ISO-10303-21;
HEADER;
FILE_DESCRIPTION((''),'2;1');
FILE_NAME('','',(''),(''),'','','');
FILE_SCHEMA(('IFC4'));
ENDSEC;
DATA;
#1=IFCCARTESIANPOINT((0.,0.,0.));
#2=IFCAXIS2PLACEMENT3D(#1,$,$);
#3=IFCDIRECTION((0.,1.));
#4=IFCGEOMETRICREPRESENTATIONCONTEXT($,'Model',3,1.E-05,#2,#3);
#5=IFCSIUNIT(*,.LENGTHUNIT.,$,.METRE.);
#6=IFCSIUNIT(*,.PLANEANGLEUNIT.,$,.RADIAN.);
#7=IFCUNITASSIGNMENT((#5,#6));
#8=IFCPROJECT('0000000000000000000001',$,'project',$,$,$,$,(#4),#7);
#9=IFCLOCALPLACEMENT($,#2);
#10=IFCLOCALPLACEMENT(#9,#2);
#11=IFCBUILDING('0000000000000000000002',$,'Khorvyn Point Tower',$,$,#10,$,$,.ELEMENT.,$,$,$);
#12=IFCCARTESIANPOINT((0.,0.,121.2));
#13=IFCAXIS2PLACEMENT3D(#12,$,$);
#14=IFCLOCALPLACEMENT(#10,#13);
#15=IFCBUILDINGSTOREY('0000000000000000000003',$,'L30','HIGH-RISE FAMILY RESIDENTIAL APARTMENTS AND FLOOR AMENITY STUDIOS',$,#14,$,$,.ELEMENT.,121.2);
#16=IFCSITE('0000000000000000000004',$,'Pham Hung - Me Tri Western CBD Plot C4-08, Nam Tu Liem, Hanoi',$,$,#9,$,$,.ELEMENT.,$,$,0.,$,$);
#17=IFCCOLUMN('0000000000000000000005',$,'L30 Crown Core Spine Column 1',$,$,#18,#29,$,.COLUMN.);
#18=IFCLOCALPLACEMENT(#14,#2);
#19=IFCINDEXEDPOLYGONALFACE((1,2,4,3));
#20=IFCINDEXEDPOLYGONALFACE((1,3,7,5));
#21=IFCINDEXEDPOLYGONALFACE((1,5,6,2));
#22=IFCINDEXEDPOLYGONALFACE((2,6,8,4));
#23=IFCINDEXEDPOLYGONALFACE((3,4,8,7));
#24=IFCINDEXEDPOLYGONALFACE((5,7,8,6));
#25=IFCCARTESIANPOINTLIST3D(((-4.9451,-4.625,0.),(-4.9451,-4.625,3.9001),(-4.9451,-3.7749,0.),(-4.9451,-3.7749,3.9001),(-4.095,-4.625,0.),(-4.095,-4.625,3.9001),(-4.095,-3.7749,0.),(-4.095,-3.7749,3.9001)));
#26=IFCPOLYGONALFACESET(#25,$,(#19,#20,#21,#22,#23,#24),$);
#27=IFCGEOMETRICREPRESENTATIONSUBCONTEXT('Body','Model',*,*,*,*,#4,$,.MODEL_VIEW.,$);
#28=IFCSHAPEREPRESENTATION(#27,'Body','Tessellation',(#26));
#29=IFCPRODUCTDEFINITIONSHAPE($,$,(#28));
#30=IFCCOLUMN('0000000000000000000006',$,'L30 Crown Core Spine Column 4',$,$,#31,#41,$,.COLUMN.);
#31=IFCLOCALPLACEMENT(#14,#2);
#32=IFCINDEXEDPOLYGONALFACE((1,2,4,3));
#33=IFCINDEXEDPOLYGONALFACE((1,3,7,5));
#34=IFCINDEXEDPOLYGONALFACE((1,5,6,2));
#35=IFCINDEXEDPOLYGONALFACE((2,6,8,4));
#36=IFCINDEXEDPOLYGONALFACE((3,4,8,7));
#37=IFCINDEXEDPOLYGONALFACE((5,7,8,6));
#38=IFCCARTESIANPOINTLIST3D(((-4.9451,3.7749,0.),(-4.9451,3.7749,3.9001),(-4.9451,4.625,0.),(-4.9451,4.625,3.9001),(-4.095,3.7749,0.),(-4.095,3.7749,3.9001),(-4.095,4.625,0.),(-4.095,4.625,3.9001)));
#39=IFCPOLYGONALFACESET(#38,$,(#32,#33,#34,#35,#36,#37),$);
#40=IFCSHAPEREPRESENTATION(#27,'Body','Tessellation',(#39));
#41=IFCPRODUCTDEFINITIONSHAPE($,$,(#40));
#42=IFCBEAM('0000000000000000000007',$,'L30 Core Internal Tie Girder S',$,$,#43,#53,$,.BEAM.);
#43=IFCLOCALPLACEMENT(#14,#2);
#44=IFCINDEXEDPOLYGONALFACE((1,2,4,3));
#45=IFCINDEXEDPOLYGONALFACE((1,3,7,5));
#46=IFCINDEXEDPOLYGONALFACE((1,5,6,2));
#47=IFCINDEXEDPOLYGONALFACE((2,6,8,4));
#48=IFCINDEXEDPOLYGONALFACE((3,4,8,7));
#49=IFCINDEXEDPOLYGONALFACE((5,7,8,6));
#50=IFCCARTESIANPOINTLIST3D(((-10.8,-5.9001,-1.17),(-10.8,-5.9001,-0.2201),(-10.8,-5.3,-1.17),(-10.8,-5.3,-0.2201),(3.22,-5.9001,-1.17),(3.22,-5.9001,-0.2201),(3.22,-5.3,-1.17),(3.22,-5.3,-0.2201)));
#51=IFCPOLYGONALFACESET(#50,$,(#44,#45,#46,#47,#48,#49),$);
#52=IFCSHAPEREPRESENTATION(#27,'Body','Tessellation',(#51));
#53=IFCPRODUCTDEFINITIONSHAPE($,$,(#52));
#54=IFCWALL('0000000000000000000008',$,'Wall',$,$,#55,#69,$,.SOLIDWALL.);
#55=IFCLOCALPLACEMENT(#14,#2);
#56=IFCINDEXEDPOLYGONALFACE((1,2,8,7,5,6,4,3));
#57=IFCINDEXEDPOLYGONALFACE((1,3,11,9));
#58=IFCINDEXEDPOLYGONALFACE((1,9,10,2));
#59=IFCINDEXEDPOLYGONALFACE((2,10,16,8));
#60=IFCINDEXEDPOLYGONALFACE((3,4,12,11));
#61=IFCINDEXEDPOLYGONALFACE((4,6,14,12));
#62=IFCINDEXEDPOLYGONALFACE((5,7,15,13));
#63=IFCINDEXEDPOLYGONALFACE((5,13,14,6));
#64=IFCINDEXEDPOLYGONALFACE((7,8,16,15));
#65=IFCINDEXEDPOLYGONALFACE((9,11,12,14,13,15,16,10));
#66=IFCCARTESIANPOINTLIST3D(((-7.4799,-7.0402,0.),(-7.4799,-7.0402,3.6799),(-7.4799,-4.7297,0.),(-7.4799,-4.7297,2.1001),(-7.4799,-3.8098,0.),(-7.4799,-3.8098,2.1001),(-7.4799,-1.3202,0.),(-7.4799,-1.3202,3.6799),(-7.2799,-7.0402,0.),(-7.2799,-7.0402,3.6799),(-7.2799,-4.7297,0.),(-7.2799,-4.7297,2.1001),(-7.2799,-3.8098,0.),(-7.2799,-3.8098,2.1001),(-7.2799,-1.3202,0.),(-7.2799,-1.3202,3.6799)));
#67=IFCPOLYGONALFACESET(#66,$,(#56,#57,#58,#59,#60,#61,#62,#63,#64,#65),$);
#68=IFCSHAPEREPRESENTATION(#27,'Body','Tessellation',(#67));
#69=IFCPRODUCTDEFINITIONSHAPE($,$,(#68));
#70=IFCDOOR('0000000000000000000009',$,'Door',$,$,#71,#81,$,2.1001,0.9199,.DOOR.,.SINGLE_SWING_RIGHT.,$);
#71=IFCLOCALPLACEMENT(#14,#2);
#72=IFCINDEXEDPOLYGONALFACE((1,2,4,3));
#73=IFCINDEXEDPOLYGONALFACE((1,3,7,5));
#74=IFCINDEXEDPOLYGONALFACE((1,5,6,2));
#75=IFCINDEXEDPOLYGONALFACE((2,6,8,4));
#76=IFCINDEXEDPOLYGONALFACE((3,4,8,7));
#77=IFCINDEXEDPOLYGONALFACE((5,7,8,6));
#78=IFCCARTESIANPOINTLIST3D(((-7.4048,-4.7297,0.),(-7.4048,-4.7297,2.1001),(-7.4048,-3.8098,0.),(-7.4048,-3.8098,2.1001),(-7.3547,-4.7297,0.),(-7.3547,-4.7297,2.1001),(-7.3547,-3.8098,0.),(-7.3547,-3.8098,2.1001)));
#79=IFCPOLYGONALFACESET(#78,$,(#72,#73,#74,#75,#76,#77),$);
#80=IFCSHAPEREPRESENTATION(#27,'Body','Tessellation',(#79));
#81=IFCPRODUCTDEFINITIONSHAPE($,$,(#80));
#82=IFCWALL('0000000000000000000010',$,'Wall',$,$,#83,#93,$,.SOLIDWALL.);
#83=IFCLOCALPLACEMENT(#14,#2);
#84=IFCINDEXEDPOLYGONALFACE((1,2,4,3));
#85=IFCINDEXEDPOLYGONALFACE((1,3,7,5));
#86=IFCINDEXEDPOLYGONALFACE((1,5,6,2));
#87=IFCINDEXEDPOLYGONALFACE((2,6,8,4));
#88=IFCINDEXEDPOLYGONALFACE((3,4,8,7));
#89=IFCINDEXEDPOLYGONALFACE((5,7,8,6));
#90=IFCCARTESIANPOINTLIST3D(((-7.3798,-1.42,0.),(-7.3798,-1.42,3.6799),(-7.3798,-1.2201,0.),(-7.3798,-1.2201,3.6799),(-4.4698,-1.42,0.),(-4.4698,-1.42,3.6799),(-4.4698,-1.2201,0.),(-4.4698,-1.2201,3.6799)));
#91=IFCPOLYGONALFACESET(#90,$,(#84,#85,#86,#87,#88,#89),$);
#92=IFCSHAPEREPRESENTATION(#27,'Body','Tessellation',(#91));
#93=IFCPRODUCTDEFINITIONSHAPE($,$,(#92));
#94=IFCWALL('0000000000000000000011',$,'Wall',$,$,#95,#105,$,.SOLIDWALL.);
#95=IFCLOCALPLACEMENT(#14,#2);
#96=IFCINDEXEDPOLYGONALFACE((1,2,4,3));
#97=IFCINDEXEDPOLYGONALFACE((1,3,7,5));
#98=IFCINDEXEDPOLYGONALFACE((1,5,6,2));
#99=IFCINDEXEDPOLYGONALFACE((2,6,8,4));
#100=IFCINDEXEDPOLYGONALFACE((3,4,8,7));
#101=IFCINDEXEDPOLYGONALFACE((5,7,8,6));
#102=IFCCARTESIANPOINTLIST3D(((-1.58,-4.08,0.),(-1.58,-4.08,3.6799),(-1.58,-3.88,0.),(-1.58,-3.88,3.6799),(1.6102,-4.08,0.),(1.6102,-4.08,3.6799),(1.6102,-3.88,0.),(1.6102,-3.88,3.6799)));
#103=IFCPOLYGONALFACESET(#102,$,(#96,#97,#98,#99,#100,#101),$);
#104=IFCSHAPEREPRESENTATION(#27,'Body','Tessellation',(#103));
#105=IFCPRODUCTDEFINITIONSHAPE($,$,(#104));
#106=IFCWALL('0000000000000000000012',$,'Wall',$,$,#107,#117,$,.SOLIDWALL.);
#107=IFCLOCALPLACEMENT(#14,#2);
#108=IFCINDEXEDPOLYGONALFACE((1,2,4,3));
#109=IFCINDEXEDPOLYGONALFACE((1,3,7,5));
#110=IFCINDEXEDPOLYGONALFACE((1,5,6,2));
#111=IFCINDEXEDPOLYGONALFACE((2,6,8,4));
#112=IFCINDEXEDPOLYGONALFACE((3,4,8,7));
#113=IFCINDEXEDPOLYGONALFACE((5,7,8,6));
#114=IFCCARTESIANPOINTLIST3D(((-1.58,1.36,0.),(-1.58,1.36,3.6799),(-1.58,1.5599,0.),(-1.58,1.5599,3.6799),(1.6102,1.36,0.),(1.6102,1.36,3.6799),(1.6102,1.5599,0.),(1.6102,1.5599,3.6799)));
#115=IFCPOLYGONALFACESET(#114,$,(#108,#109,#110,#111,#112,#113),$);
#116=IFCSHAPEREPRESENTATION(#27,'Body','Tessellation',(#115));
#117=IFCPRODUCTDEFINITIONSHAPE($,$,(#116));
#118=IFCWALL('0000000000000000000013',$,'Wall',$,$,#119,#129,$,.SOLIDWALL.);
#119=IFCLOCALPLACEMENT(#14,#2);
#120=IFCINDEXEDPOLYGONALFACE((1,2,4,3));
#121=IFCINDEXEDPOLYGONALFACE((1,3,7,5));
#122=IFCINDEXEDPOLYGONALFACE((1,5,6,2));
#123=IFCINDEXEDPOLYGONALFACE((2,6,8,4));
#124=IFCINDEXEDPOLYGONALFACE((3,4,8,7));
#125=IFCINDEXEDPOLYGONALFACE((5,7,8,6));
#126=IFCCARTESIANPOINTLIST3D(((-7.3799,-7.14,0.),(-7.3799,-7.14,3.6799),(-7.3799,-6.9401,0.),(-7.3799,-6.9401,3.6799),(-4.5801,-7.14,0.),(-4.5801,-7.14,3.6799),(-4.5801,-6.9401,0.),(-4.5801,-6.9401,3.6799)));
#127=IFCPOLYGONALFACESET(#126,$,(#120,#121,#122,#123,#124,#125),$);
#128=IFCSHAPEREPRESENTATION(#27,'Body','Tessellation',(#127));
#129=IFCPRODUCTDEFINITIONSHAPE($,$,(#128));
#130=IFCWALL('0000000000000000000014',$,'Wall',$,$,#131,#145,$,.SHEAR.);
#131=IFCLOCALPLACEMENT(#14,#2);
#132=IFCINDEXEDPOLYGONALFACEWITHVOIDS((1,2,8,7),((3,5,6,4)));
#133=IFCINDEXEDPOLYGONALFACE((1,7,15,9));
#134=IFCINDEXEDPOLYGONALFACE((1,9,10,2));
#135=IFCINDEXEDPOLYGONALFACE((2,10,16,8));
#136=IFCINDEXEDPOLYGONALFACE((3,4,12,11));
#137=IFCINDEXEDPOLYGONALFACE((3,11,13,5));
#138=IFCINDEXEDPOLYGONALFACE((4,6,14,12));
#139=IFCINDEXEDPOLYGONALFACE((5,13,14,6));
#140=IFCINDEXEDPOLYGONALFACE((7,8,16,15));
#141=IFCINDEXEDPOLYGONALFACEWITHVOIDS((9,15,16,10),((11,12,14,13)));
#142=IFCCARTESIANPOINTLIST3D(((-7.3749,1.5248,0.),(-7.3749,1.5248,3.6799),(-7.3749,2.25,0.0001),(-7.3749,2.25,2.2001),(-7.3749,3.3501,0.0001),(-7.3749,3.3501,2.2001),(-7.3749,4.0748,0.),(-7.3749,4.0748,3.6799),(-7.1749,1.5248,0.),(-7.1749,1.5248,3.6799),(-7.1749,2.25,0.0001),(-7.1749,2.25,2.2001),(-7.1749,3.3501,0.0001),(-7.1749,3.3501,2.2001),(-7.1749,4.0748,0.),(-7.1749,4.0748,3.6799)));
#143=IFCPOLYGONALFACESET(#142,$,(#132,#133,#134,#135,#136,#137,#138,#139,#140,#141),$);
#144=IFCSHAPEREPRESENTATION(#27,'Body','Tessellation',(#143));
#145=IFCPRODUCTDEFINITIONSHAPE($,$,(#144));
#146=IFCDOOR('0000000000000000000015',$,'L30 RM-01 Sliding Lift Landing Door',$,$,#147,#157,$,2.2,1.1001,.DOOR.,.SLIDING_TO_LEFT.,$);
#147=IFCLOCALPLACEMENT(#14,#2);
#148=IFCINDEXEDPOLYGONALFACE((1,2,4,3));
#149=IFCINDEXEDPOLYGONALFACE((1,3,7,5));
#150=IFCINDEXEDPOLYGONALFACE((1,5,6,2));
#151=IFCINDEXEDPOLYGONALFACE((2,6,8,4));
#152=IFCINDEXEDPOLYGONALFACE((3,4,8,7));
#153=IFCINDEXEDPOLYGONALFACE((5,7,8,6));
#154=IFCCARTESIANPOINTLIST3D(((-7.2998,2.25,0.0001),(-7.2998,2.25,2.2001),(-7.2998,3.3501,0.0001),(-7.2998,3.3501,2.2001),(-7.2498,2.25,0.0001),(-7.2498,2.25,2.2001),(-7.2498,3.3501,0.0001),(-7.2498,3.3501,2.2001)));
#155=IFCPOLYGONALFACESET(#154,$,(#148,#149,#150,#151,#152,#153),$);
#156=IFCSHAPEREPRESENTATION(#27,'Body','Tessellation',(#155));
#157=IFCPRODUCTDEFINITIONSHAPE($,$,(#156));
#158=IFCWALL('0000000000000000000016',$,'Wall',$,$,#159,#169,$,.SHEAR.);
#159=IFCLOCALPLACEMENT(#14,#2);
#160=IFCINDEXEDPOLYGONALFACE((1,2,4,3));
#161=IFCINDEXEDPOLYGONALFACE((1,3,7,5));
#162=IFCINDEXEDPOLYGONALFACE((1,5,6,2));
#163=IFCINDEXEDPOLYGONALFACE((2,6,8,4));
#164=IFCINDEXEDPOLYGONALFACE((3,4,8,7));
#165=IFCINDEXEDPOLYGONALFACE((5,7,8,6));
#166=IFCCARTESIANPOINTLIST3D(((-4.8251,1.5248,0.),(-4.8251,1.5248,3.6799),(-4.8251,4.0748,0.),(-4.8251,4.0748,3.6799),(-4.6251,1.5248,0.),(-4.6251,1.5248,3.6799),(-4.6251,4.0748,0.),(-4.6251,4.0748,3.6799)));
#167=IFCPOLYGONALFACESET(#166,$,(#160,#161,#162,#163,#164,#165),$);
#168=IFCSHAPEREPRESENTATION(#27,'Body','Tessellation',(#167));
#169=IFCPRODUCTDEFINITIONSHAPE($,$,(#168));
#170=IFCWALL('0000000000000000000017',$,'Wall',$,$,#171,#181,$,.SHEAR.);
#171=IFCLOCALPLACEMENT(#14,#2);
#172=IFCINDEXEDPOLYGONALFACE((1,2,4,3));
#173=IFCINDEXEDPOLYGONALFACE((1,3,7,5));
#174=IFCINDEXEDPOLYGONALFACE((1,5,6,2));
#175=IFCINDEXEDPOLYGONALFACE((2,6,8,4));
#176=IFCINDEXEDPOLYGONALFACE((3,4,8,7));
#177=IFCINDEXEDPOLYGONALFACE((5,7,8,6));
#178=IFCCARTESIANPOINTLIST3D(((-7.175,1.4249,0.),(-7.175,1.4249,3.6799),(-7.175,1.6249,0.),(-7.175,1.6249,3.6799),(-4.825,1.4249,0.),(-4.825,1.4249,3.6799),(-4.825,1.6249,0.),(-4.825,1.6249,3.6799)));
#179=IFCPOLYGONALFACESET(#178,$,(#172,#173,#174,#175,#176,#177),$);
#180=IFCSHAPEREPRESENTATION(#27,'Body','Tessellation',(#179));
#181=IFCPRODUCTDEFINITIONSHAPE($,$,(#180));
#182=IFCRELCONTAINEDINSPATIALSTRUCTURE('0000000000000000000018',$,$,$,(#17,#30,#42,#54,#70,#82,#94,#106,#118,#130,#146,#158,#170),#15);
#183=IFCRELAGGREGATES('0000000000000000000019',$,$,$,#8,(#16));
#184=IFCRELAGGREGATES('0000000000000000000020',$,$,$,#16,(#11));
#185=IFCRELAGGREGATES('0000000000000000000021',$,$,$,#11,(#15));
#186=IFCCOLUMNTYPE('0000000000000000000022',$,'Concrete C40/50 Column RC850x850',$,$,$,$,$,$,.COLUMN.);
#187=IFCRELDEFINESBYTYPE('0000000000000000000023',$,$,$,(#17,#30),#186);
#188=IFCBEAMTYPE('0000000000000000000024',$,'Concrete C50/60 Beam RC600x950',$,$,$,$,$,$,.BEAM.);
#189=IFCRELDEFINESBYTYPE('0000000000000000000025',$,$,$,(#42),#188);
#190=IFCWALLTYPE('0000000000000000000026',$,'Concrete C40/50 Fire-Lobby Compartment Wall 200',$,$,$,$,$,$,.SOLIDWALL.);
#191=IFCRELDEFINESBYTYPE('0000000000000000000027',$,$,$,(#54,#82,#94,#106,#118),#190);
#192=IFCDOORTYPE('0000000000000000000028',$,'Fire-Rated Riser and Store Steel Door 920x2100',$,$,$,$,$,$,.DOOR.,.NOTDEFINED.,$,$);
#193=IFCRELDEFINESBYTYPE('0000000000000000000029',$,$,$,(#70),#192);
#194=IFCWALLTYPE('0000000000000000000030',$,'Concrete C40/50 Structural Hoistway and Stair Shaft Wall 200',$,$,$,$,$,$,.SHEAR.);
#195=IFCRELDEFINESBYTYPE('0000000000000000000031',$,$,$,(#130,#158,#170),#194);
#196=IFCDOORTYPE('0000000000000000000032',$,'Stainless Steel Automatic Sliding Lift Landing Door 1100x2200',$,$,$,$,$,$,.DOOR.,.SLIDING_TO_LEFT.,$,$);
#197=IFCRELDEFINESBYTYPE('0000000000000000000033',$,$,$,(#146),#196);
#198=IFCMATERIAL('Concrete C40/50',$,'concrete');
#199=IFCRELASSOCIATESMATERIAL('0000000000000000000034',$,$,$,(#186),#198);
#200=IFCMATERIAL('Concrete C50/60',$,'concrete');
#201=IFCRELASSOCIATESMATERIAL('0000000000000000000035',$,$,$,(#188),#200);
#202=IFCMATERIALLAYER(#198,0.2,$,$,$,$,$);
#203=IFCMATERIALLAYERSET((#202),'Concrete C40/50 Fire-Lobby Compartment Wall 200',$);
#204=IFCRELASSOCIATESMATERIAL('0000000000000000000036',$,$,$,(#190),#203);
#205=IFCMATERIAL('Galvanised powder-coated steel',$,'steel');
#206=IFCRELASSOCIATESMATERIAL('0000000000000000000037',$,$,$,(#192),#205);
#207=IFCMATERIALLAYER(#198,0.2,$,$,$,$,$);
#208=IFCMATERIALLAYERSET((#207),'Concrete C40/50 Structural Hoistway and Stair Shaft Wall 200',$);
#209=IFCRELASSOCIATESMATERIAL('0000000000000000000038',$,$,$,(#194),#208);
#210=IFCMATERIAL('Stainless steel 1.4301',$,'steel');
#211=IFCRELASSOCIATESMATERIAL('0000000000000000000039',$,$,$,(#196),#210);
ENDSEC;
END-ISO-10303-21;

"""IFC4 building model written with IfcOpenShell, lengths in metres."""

from ifc_helpers import new_model, si_unit, direction, frame, frame_2d, origin, origin_2d, place, context, subcontext, project, spatial, rectangle, extrude, material, layer, layer_set, material_profile, profile_set, type_object, element, fill, save


model = new_model("IFC4")

# Units and contexts
model_context = context("Model", 3, precision=1e-05, world=origin(), true_north=direction((0.0, 1.0)))
body_context = subcontext(model_context, "Body", "Model", "MODEL_VIEW")
ifc_project = project(units=[si_unit("LENGTHUNIT", "METRE"), si_unit("PLANEANGLEUNIT", "RADIAN")], contexts=[model_context])

# Site, building, storey
site_placement = place(None, origin())
site = spatial("IfcSite", under=ifc_project, at=site_placement, Name="Pham Hung - Me Tri Western CBD Plot C4-08, Nam Tu Liem, Hanoi", CompositionType="ELEMENT", RefElevation=0.0)
building_placement = place(site_placement, origin())
building = spatial("IfcBuilding", under=site, at=building_placement, Name="Khorvyn Point Tower", CompositionType="ELEMENT")
storey_placement = place(building_placement, frame((0.0, 0.0, 121.2)))
storey = spatial("IfcBuildingStorey", under=building, at=storey_placement, Name="L30", Description="HIGH-RISE FAMILY RESIDENTIAL APARTMENTS AND FLOOR AMENITY STUDIOS", CompositionType="ELEMENT", Elevation=121.2)

# Columns
ifc_material_1 = material(Name="Concrete C40/50", Category="concrete")
ifc_material_profile_1 = material_profile(ifc_material_1, rectangle(XDim=0.8501, YDim=0.8501, at=origin_2d()))
ifc_profile_set_1 = profile_set([ifc_material_profile_1], Name="Concrete C40/50 RC850x850")
column_type = type_object("IfcColumnType", Name="Concrete C40/50 Column RC850x850", PredefinedType="COLUMN", material=ifc_profile_set_1)
for number, where, z_axis, x_axis, name in (
    (1, (-4.52, -4.2, 0.0), (0.0, 0.0, 1.0), (1.0, 0.0, 0.0), "L30 Crown Core Spine Column 1"),
    (2, (-4.52, 4.2, 0.0), (0.0, 0.0, 1.0), (1.0, 0.0, 0.0), "L30 Crown Core Spine Column 4"),
):
    element("IfcColumn", number, at=place(storey_placement, frame(where, z_axis=z_axis, x_axis=x_axis)), inside=storey, type_object=column_type, Name=name, PredefinedType="COLUMN", context=body_context, shape_type="SweptSolid", body=[
        extrude(rectangle(XDim=0.8501, YDim=0.8501, at=origin_2d()), origin(), (0.0, 0.0, 1.0), 3.9001),
    ])

# Beam
ifc_material_2 = material(Name="Concrete C50/60", Category="concrete")
ifc_material_profile_2 = material_profile(ifc_material_2, rectangle(XDim=0.6001, YDim=0.95, at=origin_2d()))
ifc_profile_set_2 = profile_set([ifc_material_profile_2], Name="Concrete C50/60 RC600x950")
beam_type = type_object("IfcBeamType", Name="Concrete C50/60 Beam RC600x950", PredefinedType="BEAM", material=ifc_profile_set_2)
beam_placement = place(storey_placement, frame((-10.8, -5.6001, -0.6951), z_axis=(1.0, 0.0, 0.0), x_axis=(0.0, 1.0, 0.0)))
element("IfcBeam", 3, at=beam_placement, inside=storey, type_object=beam_type, Name="L30 Core Internal Tie Girder S", PredefinedType="BEAM", context=body_context, shape_type="SweptSolid", body=[
    extrude(rectangle(XDim=0.6001, YDim=0.95, at=origin_2d()), origin(), (0.0, 0.0, 1.0), 14.02),
])

# Wall, opening, door
ifc_layer_1 = layer(ifc_material_1, 0.2)
ifc_layer_set_1 = layer_set([ifc_layer_1], Name="Concrete C40/50 Fire-Lobby Compartment Wall 200")
wall_type_1 = type_object("IfcWallType", Name="Concrete C40/50 Fire-Lobby Compartment Wall 200", PredefinedType="SOLIDWALL", material=ifc_layer_set_1)
wall_1_placement = place(storey_placement, frame((-7.3799, -7.04, 0.0), z_axis=(0.0, 0.0, 1.0), x_axis=(0.0, 1.0, 0.0)))
wall_1 = element("IfcWall", 4, at=wall_1_placement, inside=storey, type_object=wall_type_1, Name="Wall", PredefinedType="SOLIDWALL", context=body_context, shape_type="SweptSolid", body=[
    extrude(rectangle(XDim=5.72, YDim=0.2, at=frame_2d((2.8599, 0.0))), origin(), (0.0, 0.0, 1.0), 3.6799),
])
opening_1_placement = place(wall_1_placement, frame((2.3103, 0.0, 0.0)))
opening_1 = element("IfcOpeningElement", 5, at=opening_1_placement, cuts=wall_1, PredefinedType="OPENING", context=body_context, shape_type="SweptSolid", body=[
    extrude(rectangle(XDim=0.9199, YDim=2.1001, at=frame_2d((0.46, 1.05))), frame((0.0, 0.1099, 0.0), z_axis=(0.0, -1.0, 0.0), x_axis=(1.0, 0.0, 0.0)), (0.0, 0.0, 1.0), 0.22),
])
ifc_material_3 = material(Name="Galvanised powder-coated steel", Category="steel")
door_type_1 = type_object("IfcDoorType", Name="Fire-Rated Riser and Store Steel Door 920x2100", OperationType="NOTDEFINED", PredefinedType="DOOR", material=ifc_material_3)
door_1_placement = place(opening_1_placement, origin())
door_1 = element("IfcDoor", 6, at=door_1_placement, inside=storey, type_object=door_type_1, Name="Door", OperationType="SINGLE_SWING_RIGHT", OverallHeight=2.1001, OverallWidth=0.9199, PredefinedType="DOOR", context=body_context, shape_type="SweptSolid", body=[
    extrude(rectangle(XDim=0.9199, YDim=2.1001, at=frame_2d((0.46, 1.05))), frame((0.0, 0.0249, 0.0), z_axis=(0.0, -1.0, 0.0), x_axis=(1.0, 0.0, 0.0)), (0.0, 0.0, 1.0), 0.05),
])
fill(opening_1, door_1)

# Walls
wall_2_placement = place(storey_placement, frame((-7.3799, -1.3201, 0.0), z_axis=(0.0, 0.0, 1.0), x_axis=(1.0, 0.0, 0.0)))
element("IfcWall", 7, at=wall_2_placement, inside=storey, type_object=wall_type_1, Name="Wall", PredefinedType="SOLIDWALL", context=body_context, shape_type="SweptSolid", body=[
    extrude(rectangle(XDim=2.9099, YDim=0.2, at=frame_2d((1.4551, 0.0))), origin(), (0.0, 0.0, 1.0), 3.6799),
])
for number, where, z_axis, x_axis, name in (
    (8, (-1.5801, -3.98, 0.0), (0.0, 0.0, 1.0), (1.0, 0.0, 0.0), "Wall"),
    (9, (-1.5801, 1.46, 0.0), (0.0, 0.0, 1.0), (1.0, 0.0, 0.0), "Wall"),
):
    element("IfcWall", number, at=place(storey_placement, frame(where, z_axis=z_axis, x_axis=x_axis)), inside=storey, type_object=wall_type_1, Name=name, PredefinedType="SOLIDWALL", context=body_context, shape_type="SweptSolid", body=[
        extrude(rectangle(XDim=3.1902, YDim=0.2, at=frame_2d((1.5952, 0.0))), origin(), (0.0, 0.0, 1.0), 3.6799),
    ])
wall_3_placement = place(storey_placement, frame((-7.3799, -7.04, 0.0), z_axis=(0.0, 0.0, 1.0), x_axis=(1.0, 0.0, 0.0)))
element("IfcWall", 10, at=wall_3_placement, inside=storey, type_object=wall_type_1, Name="Wall", PredefinedType="SOLIDWALL", context=body_context, shape_type="SweptSolid", body=[
    extrude(rectangle(XDim=2.7998, YDim=0.2, at=frame_2d((1.3999, 0.0))), origin(), (0.0, 0.0, 1.0), 3.6799),
])

# Wall, opening, door
ifc_layer_2 = layer(ifc_material_1, 0.2)
ifc_layer_set_2 = layer_set([ifc_layer_2], Name="Concrete C40/50 Structural Hoistway and Stair Shaft Wall 200")
wall_type_2 = type_object("IfcWallType", Name="Concrete C40/50 Structural Hoistway and Stair Shaft Wall 200", PredefinedType="SHEAR", material=ifc_layer_set_2)
wall_4_placement = place(storey_placement, frame((-7.2749, 1.5249, 0.0), z_axis=(0.0, 0.0, 1.0), x_axis=(0.0, 1.0, 0.0)))
wall_4 = element("IfcWall", 11, at=wall_4_placement, inside=storey, type_object=wall_type_2, Name="Wall", PredefinedType="SHEAR", context=body_context, shape_type="SweptSolid", body=[
    extrude(rectangle(XDim=2.55, YDim=0.2, at=frame_2d((1.2749, 0.0))), origin(), (0.0, 0.0, 1.0), 3.6799),
])
opening_2_placement = place(wall_4_placement, frame((0.7251, 0.0, 0.0)))
opening_2 = element("IfcOpeningElement", 12, at=opening_2_placement, cuts=wall_4, PredefinedType="OPENING", context=body_context, shape_type="SweptSolid", body=[
    extrude(rectangle(XDim=1.1001, YDim=2.2, at=frame_2d((0.55, 1.1001))), frame((0.0, 0.1099, 0.0), z_axis=(0.0, -1.0, 0.0), x_axis=(1.0, 0.0, 0.0)), (0.0, 0.0, 1.0), 0.22),
])
ifc_material_4 = material(Name="Stainless steel 1.4301", Category="steel")
door_type_2 = type_object("IfcDoorType", Name="Stainless Steel Automatic Sliding Lift Landing Door 1100x2200", OperationType="SLIDING_TO_LEFT", PredefinedType="DOOR", material=ifc_material_4)
door_2_placement = place(opening_2_placement, origin())
door_2 = element("IfcDoor", 13, at=door_2_placement, inside=storey, type_object=door_type_2, Name="L30 RM-01 Sliding Lift Landing Door", OperationType="SLIDING_TO_LEFT", OverallHeight=2.2, OverallWidth=1.1001, PredefinedType="DOOR", context=body_context, shape_type="SweptSolid", body=[
    extrude(rectangle(XDim=1.1001, YDim=2.2, at=frame_2d((0.55, 1.1001))), frame((0.0, 0.0249, 0.0), z_axis=(0.0, -1.0, 0.0), x_axis=(1.0, 0.0, 0.0)), (0.0, 0.0, 1.0), 0.05),
])
fill(opening_2, door_2)

# Walls
wall_5_placement = place(storey_placement, frame((-4.7251, 1.5249, 0.0), z_axis=(0.0, 0.0, 1.0), x_axis=(0.0, 1.0, 0.0)))
element("IfcWall", 14, at=wall_5_placement, inside=storey, type_object=wall_type_2, Name="Wall", PredefinedType="SHEAR", context=body_context, shape_type="SweptSolid", body=[
    extrude(rectangle(XDim=2.55, YDim=0.2, at=frame_2d((1.2749, 0.0))), origin(), (0.0, 0.0, 1.0), 3.6799),
])
for number, where, z_axis, x_axis, name in (
    (15, (-7.175, 1.5249, 0.0), (0.0, 0.0, 1.0), (1.0, 0.0, 0.0), "Wall"),
):
    element("IfcWall", number, at=place(storey_placement, frame(where, z_axis=z_axis, x_axis=x_axis)), inside=storey, type_object=wall_type_2, Name=name, PredefinedType="SHEAR", context=body_context, shape_type="SweptSolid", body=[
        extrude(rectangle(XDim=2.3501, YDim=0.2, at=frame_2d((1.175, 0.0))), origin(), (0.0, 0.0, 1.0), 3.6799),
    ])

save(model, "model.ifc")
